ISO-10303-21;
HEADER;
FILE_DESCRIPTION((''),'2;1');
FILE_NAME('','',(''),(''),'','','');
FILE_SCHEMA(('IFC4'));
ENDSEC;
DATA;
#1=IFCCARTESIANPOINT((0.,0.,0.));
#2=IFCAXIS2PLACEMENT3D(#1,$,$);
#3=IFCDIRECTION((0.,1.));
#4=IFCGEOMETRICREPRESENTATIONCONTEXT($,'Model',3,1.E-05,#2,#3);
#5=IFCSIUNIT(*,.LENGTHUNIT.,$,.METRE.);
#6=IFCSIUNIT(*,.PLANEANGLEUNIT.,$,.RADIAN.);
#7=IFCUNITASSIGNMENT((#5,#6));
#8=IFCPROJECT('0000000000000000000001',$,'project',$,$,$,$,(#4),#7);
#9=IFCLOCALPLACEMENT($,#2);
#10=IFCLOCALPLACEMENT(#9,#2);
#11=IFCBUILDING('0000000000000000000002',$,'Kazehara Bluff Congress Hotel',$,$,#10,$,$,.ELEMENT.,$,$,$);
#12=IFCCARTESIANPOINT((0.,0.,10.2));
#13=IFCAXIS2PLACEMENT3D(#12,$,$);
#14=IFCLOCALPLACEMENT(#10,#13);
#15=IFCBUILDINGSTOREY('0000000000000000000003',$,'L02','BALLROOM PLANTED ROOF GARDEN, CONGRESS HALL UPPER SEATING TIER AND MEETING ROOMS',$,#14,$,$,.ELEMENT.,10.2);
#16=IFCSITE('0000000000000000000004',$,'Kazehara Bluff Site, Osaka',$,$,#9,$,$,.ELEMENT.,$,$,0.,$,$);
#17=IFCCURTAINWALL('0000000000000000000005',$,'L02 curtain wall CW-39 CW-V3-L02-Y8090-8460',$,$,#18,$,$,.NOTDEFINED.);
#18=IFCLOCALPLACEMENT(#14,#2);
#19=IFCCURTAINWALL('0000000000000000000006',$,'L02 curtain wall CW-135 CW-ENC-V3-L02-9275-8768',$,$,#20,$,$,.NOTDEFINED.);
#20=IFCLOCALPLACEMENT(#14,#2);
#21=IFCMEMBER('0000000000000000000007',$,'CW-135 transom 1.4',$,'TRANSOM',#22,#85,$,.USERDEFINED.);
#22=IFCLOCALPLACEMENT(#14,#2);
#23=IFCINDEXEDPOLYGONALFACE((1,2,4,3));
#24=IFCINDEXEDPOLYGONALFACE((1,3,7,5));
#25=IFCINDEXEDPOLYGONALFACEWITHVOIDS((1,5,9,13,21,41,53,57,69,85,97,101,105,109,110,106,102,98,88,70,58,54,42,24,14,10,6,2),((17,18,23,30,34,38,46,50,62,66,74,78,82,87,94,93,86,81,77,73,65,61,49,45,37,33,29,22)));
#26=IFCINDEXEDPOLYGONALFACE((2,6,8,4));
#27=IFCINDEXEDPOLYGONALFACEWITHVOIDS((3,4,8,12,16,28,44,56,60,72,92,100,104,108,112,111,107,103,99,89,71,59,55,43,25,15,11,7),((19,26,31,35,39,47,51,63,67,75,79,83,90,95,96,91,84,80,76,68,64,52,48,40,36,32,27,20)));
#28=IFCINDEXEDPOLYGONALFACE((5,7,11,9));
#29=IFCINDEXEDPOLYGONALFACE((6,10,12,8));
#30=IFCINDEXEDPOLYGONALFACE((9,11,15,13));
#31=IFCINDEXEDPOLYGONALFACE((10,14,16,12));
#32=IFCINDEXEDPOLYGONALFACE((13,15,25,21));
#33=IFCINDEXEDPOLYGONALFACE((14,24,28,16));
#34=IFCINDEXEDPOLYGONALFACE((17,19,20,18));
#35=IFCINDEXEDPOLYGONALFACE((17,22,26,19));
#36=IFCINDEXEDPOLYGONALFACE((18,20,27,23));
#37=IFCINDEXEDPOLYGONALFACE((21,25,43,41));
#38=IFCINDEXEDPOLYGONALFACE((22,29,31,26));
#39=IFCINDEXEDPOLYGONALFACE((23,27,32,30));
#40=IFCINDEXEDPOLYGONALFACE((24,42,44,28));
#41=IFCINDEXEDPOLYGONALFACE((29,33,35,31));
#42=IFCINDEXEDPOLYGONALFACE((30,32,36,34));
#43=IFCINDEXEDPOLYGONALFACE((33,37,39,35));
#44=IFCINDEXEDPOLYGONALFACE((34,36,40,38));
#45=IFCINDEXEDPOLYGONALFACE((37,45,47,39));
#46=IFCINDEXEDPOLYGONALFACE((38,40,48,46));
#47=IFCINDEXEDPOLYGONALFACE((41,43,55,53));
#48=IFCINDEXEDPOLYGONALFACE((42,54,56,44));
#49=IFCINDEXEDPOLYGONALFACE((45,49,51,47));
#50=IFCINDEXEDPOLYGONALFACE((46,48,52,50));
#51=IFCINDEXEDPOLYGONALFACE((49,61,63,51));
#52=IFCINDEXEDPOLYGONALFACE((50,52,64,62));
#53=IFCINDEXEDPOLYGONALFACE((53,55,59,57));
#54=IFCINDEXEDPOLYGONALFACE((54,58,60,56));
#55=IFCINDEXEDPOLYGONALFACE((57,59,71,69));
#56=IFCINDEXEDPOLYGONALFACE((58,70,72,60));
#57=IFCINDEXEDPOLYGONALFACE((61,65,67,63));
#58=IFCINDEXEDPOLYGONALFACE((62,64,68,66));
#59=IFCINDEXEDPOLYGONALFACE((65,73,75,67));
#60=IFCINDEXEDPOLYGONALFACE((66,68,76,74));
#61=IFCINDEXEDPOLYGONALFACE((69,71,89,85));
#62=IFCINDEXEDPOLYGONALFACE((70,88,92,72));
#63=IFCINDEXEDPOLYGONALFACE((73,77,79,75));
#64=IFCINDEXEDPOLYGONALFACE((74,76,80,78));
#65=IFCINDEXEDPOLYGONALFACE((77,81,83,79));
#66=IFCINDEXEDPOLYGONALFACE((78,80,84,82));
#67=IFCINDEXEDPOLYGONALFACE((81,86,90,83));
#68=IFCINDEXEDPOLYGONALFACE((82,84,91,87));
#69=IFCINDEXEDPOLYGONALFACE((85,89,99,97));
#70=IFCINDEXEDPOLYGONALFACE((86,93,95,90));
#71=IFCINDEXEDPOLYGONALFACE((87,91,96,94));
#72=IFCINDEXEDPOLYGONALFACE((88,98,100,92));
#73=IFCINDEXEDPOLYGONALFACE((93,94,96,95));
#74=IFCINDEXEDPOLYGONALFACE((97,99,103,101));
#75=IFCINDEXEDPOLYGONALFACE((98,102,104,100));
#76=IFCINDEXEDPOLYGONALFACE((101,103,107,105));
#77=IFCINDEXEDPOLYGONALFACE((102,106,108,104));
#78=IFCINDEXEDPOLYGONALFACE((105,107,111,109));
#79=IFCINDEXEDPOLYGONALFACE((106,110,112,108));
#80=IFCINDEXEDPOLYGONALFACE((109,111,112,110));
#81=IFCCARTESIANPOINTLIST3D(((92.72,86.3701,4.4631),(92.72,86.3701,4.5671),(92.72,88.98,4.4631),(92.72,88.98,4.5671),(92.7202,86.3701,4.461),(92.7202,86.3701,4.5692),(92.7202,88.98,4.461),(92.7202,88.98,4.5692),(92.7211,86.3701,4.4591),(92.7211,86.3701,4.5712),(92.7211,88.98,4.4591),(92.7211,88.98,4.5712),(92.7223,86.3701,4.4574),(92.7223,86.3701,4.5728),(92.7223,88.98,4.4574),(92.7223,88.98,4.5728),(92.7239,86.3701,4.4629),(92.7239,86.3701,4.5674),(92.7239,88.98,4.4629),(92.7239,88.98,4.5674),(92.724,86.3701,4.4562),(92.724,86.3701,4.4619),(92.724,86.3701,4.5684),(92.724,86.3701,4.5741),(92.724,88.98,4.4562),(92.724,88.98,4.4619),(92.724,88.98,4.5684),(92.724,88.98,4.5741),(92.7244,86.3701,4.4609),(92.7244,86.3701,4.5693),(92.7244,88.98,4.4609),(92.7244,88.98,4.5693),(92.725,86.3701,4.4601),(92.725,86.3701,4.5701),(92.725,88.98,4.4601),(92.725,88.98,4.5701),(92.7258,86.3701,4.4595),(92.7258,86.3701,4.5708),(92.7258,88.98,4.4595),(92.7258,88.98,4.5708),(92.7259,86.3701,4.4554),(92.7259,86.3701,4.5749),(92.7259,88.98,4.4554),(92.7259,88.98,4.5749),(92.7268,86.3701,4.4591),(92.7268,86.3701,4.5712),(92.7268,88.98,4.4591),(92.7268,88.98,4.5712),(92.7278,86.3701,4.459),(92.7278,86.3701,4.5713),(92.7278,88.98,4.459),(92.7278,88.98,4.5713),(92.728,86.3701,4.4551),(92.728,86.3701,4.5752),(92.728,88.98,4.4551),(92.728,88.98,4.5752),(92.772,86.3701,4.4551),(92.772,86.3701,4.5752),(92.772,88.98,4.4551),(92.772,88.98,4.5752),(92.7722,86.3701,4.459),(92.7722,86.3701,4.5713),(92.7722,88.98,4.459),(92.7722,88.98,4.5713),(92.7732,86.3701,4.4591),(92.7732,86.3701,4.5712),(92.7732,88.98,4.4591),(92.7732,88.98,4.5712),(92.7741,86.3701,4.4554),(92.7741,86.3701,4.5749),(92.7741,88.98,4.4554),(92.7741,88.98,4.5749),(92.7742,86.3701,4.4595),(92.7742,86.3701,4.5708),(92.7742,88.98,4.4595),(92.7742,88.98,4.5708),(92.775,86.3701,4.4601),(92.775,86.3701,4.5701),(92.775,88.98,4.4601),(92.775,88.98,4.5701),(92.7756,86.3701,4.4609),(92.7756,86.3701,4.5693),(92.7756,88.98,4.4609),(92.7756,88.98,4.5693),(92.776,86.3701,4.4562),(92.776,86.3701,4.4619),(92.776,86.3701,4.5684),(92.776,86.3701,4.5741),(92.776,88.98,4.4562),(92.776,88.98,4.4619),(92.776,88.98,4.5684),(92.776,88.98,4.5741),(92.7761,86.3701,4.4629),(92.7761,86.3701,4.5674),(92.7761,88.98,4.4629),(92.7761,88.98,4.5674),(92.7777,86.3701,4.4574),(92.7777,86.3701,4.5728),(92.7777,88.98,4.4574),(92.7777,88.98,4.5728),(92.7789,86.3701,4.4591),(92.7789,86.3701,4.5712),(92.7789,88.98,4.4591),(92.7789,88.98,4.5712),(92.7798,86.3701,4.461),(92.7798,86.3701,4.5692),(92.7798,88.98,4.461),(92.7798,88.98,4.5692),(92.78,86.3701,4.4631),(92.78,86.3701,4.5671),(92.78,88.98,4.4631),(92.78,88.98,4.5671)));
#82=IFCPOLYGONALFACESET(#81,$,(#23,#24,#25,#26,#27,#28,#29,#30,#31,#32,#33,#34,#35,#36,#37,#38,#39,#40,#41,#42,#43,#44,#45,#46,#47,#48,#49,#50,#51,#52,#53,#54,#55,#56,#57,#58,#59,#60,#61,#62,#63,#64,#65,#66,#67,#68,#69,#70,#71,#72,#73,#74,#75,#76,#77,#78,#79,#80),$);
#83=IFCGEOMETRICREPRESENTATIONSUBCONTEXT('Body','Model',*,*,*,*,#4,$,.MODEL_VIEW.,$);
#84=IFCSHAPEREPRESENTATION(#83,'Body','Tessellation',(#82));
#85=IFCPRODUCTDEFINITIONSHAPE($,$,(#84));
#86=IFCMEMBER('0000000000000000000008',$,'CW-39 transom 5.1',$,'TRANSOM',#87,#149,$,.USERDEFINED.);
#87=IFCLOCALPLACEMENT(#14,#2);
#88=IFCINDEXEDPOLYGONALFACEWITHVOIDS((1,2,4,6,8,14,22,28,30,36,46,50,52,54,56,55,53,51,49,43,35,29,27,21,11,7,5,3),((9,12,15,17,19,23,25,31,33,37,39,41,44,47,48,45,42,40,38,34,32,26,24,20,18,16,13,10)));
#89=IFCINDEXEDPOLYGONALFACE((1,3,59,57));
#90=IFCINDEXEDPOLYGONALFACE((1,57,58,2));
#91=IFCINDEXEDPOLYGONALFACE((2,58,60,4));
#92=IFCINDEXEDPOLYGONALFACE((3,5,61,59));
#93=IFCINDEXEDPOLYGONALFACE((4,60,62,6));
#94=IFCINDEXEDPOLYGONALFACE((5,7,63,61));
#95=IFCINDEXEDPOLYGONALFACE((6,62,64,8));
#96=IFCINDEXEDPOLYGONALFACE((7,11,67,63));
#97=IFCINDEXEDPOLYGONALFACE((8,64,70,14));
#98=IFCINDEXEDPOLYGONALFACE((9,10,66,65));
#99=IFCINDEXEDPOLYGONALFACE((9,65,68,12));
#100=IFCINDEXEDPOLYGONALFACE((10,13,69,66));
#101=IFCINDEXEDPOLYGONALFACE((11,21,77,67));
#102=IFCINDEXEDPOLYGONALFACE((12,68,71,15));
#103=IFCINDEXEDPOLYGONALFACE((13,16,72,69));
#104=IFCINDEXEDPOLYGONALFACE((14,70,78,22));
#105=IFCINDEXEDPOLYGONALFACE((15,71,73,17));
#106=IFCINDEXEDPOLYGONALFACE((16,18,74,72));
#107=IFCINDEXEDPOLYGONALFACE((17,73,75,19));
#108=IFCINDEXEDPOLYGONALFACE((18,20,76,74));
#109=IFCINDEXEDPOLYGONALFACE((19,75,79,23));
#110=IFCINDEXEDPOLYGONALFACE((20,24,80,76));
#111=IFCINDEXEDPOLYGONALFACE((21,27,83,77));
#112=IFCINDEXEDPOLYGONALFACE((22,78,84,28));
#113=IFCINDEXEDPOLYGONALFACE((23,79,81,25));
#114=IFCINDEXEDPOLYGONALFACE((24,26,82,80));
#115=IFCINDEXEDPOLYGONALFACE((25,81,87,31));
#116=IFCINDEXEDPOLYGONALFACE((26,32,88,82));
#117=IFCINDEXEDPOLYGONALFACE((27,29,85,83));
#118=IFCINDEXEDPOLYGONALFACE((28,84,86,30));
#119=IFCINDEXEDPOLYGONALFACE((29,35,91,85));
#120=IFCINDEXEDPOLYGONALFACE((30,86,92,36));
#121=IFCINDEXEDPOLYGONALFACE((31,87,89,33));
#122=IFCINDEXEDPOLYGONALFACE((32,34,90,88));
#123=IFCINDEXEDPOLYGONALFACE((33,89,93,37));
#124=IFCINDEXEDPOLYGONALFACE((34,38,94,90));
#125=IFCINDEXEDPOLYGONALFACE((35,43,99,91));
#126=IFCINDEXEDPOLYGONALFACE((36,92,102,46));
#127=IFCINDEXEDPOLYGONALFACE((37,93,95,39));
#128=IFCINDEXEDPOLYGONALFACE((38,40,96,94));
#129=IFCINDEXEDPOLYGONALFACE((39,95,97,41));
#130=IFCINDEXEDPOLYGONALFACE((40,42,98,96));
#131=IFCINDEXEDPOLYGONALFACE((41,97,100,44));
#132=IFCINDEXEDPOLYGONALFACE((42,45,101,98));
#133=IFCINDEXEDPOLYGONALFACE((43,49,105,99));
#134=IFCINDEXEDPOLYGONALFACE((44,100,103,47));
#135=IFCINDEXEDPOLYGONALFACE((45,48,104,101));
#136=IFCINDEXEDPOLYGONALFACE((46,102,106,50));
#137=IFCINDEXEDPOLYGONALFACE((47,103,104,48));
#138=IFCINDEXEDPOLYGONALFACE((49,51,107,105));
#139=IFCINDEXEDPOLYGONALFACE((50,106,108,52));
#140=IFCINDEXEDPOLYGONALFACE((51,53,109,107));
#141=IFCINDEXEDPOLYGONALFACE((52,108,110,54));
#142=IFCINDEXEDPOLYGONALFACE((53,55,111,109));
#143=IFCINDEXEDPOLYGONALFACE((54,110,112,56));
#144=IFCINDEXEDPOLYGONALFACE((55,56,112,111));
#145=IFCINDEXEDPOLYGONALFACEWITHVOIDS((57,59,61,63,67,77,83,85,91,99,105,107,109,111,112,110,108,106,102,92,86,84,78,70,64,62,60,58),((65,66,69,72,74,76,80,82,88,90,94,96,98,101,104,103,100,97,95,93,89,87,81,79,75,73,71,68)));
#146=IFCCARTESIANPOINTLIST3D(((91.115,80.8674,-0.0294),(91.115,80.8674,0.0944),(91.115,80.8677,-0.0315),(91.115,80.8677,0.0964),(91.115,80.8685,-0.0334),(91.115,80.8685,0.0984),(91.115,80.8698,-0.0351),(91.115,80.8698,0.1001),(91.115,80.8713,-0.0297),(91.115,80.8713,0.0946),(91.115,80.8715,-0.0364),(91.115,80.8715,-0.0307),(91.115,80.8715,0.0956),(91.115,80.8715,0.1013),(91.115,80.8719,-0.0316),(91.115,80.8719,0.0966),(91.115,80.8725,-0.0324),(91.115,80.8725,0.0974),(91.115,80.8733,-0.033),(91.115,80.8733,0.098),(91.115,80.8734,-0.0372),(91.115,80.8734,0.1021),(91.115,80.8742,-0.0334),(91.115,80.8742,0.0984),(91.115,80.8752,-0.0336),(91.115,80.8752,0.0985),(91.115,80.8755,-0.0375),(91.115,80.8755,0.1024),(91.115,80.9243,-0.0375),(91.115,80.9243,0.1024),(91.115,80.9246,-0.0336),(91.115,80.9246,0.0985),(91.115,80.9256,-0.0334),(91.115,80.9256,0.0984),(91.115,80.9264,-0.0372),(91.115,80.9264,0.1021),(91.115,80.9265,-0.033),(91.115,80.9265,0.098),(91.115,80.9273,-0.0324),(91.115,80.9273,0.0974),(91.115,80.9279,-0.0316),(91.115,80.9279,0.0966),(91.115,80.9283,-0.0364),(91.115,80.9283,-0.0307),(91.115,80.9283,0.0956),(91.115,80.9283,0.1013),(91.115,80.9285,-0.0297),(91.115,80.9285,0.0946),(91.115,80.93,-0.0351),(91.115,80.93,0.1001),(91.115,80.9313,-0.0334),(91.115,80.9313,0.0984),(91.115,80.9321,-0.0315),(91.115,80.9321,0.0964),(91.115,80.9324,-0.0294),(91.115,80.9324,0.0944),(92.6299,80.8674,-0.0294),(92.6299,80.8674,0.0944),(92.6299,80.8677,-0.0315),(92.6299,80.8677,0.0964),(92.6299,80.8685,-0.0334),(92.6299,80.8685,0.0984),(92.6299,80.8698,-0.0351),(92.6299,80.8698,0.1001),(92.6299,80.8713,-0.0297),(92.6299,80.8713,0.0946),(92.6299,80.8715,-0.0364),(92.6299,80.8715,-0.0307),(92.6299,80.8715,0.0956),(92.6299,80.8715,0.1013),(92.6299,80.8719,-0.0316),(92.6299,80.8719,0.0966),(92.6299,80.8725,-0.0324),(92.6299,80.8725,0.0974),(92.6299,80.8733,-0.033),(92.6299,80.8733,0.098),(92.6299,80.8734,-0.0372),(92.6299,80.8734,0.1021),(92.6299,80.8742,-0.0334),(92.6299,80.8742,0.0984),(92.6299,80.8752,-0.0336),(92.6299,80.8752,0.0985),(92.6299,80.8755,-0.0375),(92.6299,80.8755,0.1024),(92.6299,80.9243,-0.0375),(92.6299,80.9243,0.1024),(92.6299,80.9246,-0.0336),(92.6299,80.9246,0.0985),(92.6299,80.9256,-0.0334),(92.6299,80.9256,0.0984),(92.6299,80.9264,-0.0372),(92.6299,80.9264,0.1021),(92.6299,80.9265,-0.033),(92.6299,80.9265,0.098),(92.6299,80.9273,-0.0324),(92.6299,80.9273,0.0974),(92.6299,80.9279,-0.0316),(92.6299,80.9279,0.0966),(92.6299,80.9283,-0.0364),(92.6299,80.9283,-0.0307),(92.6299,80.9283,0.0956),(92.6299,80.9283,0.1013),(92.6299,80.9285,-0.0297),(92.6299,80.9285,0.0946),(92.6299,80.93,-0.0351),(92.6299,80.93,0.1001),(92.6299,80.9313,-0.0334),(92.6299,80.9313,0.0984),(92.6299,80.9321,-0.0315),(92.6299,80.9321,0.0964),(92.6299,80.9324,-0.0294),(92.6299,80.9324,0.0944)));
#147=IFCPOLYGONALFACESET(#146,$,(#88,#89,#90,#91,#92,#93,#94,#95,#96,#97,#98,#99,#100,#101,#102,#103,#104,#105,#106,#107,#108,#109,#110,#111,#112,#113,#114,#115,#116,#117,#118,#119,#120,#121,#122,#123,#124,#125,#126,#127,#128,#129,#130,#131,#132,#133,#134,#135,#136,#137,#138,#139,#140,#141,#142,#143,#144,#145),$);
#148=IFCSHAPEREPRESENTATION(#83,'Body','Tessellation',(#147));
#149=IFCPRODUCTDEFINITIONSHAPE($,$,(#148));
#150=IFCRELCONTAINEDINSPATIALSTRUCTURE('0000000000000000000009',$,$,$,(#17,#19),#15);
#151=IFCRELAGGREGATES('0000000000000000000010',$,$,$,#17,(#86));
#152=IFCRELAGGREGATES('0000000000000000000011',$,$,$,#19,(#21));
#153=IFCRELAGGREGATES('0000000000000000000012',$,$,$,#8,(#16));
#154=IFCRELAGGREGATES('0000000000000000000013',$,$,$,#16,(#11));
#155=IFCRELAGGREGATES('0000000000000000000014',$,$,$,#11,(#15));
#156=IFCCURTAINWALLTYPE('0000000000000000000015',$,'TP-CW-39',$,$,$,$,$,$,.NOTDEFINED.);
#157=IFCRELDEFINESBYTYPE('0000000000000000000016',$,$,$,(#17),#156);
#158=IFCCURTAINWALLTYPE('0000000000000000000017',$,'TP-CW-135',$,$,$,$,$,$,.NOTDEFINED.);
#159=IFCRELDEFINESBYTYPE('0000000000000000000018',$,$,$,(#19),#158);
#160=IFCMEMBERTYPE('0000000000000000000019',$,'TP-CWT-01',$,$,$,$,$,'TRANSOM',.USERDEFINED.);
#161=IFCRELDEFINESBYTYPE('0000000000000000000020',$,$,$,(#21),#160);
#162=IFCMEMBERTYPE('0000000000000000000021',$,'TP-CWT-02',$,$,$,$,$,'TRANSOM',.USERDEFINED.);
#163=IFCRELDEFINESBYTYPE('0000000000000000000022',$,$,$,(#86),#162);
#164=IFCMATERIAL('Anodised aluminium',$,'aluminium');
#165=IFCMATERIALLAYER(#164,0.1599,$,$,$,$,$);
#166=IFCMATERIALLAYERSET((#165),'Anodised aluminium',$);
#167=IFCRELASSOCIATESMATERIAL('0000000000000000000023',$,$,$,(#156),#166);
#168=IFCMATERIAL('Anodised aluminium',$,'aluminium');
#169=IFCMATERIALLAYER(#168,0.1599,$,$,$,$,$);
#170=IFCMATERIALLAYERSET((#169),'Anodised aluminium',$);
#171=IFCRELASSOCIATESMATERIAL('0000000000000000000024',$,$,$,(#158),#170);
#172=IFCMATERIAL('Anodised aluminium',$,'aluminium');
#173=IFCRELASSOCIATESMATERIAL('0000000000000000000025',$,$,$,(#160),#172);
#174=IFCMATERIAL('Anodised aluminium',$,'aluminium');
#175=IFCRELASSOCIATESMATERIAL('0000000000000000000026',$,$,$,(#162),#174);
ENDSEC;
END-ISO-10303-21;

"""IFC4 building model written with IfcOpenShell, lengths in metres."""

from ifc_helpers import new_model, si_unit, direction, frame, origin, origin_2d, place, context, subcontext, project, spatial, hollow_rectangle, extrude, material, layer, layer_set, material_profile, profile_set, type_object, element, aggregate, save


model = new_model("IFC4")

# Units and contexts
model_context = context("Model", 3, precision=1e-05, world=origin(), true_north=direction((0.0, 1.0)))
body_context = subcontext(model_context, "Body", "Model", "MODEL_VIEW")
ifc_project = project(units=[si_unit("LENGTHUNIT", "METRE"), si_unit("PLANEANGLEUNIT", "RADIAN")], contexts=[model_context])

# Site, building, storey
site_placement = place(None, origin())
site = spatial("IfcSite", under=ifc_project, at=site_placement, Name="Kazehara Bluff Site, Osaka", CompositionType="ELEMENT", RefElevation=0.0)
building_placement = place(site_placement, origin())
building = spatial("IfcBuilding", under=site, at=building_placement, Name="Kazehara Bluff Congress Hotel", CompositionType="ELEMENT")
storey_placement = place(building_placement, frame((0.0, 0.0, 10.2)))
storey = spatial("IfcBuildingStorey", under=building, at=storey_placement, Name="L02", Description="BALLROOM PLANTED ROOF GARDEN, CONGRESS HALL UPPER SEATING TIER AND MEETING ROOMS", CompositionType="ELEMENT", Elevation=10.2)

# Curtain walls
ifc_material_1 = material(Name="Anodised aluminium", Category="aluminium")
ifc_layer_1 = layer(ifc_material_1, 0.1599)
ifc_layer_set_1 = layer_set([ifc_layer_1], Name="Anodised aluminium")
curtain_wall_type_1 = type_object("IfcCurtainWallType", Name="TP-CW-39", PredefinedType="NOTDEFINED", material=ifc_layer_set_1)
curtain_wall_1_placement = place(storey_placement, origin())
curtain_wall_1 = element("IfcCurtainWall", 1, at=curtain_wall_1_placement, inside=storey, type_object=curtain_wall_type_1, Name="L02 curtain wall CW-39 CW-V3-L02-Y8090-8460", PredefinedType="NOTDEFINED")
ifc_material_2 = material(Name="Anodised aluminium", Category="aluminium")
ifc_layer_2 = layer(ifc_material_2, 0.1599)
ifc_layer_set_2 = layer_set([ifc_layer_2], Name="Anodised aluminium")
curtain_wall_type_2 = type_object("IfcCurtainWallType", Name="TP-CW-135", PredefinedType="NOTDEFINED", material=ifc_layer_set_2)
curtain_wall_2_placement = place(storey_placement, origin())
curtain_wall_2 = element("IfcCurtainWall", 2, at=curtain_wall_2_placement, inside=storey, type_object=curtain_wall_type_2, Name="L02 curtain wall CW-135 CW-ENC-V3-L02-9275-8768", PredefinedType="NOTDEFINED")

# Members
ifc_material_3 = material(Name="Anodised aluminium", Category="aluminium")
ifc_material_profile_1 = material_profile(ifc_material_3, hollow_rectangle(XDim=0.0601, YDim=0.1201, WallThickness=0.0039, InnerFilletRadius=0.0039, OuterFilletRadius=0.0081, at=origin_2d()))
ifc_profile_set_1 = profile_set([ifc_material_profile_1], Name="Anodised aluminium")
member_type_1 = type_object("IfcMemberType", Name="TP-CWT-01", ElementType="TRANSOM", PredefinedType="USERDEFINED", material=ifc_profile_set_1)
member_1_placement = place(storey_placement, frame((92.75, 88.98, 4.5151), z_axis=(0.0, -1.0, 0.0), x_axis=(1.0, 0.0, 0.0)))
member_1 = element("IfcMember", 3, at=member_1_placement, type_object=member_type_1, Name="CW-135 transom 1.4", ObjectType="TRANSOM", PredefinedType="USERDEFINED", context=body_context, shape_type="SweptSolid", body=[
    extrude(hollow_rectangle(XDim=0.0601, YDim=0.1201, WallThickness=0.0039, InnerFilletRadius=0.0039, OuterFilletRadius=0.0081, at=origin_2d()), origin(), (0.0, 0.0, 1.0), 2.6099),
])
ifc_material_4 = material(Name="Anodised aluminium", Category="aluminium")
ifc_material_profile_2 = material_profile(ifc_material_4, hollow_rectangle(XDim=0.0649, YDim=0.1399, WallThickness=0.0039, InnerFilletRadius=0.0039, OuterFilletRadius=0.0081, at=origin_2d()))
ifc_profile_set_2 = profile_set([ifc_material_profile_2], Name="Anodised aluminium")
member_type_2 = type_object("IfcMemberType", Name="TP-CWT-02", ElementType="TRANSOM", PredefinedType="USERDEFINED", material=ifc_profile_set_2)
member_2_placement = place(storey_placement, frame((91.115, 80.8999, 0.0325), z_axis=(1.0, 0.0, 0.0), x_axis=(0.0, 1.0, 0.0)))
member_2 = element("IfcMember", 4, at=member_2_placement, type_object=member_type_2, Name="CW-39 transom 5.1", ObjectType="TRANSOM", PredefinedType="USERDEFINED", context=body_context, shape_type="SweptSolid", body=[
    extrude(hollow_rectangle(XDim=0.0649, YDim=0.1399, WallThickness=0.0039, InnerFilletRadius=0.0039, OuterFilletRadius=0.0081, at=origin_2d()), origin(), (0.0, 0.0, 1.0), 1.5149),
])

aggregate(curtain_wall_1, [member_2])
aggregate(curtain_wall_2, [member_1])

save(model, "model.ifc")
